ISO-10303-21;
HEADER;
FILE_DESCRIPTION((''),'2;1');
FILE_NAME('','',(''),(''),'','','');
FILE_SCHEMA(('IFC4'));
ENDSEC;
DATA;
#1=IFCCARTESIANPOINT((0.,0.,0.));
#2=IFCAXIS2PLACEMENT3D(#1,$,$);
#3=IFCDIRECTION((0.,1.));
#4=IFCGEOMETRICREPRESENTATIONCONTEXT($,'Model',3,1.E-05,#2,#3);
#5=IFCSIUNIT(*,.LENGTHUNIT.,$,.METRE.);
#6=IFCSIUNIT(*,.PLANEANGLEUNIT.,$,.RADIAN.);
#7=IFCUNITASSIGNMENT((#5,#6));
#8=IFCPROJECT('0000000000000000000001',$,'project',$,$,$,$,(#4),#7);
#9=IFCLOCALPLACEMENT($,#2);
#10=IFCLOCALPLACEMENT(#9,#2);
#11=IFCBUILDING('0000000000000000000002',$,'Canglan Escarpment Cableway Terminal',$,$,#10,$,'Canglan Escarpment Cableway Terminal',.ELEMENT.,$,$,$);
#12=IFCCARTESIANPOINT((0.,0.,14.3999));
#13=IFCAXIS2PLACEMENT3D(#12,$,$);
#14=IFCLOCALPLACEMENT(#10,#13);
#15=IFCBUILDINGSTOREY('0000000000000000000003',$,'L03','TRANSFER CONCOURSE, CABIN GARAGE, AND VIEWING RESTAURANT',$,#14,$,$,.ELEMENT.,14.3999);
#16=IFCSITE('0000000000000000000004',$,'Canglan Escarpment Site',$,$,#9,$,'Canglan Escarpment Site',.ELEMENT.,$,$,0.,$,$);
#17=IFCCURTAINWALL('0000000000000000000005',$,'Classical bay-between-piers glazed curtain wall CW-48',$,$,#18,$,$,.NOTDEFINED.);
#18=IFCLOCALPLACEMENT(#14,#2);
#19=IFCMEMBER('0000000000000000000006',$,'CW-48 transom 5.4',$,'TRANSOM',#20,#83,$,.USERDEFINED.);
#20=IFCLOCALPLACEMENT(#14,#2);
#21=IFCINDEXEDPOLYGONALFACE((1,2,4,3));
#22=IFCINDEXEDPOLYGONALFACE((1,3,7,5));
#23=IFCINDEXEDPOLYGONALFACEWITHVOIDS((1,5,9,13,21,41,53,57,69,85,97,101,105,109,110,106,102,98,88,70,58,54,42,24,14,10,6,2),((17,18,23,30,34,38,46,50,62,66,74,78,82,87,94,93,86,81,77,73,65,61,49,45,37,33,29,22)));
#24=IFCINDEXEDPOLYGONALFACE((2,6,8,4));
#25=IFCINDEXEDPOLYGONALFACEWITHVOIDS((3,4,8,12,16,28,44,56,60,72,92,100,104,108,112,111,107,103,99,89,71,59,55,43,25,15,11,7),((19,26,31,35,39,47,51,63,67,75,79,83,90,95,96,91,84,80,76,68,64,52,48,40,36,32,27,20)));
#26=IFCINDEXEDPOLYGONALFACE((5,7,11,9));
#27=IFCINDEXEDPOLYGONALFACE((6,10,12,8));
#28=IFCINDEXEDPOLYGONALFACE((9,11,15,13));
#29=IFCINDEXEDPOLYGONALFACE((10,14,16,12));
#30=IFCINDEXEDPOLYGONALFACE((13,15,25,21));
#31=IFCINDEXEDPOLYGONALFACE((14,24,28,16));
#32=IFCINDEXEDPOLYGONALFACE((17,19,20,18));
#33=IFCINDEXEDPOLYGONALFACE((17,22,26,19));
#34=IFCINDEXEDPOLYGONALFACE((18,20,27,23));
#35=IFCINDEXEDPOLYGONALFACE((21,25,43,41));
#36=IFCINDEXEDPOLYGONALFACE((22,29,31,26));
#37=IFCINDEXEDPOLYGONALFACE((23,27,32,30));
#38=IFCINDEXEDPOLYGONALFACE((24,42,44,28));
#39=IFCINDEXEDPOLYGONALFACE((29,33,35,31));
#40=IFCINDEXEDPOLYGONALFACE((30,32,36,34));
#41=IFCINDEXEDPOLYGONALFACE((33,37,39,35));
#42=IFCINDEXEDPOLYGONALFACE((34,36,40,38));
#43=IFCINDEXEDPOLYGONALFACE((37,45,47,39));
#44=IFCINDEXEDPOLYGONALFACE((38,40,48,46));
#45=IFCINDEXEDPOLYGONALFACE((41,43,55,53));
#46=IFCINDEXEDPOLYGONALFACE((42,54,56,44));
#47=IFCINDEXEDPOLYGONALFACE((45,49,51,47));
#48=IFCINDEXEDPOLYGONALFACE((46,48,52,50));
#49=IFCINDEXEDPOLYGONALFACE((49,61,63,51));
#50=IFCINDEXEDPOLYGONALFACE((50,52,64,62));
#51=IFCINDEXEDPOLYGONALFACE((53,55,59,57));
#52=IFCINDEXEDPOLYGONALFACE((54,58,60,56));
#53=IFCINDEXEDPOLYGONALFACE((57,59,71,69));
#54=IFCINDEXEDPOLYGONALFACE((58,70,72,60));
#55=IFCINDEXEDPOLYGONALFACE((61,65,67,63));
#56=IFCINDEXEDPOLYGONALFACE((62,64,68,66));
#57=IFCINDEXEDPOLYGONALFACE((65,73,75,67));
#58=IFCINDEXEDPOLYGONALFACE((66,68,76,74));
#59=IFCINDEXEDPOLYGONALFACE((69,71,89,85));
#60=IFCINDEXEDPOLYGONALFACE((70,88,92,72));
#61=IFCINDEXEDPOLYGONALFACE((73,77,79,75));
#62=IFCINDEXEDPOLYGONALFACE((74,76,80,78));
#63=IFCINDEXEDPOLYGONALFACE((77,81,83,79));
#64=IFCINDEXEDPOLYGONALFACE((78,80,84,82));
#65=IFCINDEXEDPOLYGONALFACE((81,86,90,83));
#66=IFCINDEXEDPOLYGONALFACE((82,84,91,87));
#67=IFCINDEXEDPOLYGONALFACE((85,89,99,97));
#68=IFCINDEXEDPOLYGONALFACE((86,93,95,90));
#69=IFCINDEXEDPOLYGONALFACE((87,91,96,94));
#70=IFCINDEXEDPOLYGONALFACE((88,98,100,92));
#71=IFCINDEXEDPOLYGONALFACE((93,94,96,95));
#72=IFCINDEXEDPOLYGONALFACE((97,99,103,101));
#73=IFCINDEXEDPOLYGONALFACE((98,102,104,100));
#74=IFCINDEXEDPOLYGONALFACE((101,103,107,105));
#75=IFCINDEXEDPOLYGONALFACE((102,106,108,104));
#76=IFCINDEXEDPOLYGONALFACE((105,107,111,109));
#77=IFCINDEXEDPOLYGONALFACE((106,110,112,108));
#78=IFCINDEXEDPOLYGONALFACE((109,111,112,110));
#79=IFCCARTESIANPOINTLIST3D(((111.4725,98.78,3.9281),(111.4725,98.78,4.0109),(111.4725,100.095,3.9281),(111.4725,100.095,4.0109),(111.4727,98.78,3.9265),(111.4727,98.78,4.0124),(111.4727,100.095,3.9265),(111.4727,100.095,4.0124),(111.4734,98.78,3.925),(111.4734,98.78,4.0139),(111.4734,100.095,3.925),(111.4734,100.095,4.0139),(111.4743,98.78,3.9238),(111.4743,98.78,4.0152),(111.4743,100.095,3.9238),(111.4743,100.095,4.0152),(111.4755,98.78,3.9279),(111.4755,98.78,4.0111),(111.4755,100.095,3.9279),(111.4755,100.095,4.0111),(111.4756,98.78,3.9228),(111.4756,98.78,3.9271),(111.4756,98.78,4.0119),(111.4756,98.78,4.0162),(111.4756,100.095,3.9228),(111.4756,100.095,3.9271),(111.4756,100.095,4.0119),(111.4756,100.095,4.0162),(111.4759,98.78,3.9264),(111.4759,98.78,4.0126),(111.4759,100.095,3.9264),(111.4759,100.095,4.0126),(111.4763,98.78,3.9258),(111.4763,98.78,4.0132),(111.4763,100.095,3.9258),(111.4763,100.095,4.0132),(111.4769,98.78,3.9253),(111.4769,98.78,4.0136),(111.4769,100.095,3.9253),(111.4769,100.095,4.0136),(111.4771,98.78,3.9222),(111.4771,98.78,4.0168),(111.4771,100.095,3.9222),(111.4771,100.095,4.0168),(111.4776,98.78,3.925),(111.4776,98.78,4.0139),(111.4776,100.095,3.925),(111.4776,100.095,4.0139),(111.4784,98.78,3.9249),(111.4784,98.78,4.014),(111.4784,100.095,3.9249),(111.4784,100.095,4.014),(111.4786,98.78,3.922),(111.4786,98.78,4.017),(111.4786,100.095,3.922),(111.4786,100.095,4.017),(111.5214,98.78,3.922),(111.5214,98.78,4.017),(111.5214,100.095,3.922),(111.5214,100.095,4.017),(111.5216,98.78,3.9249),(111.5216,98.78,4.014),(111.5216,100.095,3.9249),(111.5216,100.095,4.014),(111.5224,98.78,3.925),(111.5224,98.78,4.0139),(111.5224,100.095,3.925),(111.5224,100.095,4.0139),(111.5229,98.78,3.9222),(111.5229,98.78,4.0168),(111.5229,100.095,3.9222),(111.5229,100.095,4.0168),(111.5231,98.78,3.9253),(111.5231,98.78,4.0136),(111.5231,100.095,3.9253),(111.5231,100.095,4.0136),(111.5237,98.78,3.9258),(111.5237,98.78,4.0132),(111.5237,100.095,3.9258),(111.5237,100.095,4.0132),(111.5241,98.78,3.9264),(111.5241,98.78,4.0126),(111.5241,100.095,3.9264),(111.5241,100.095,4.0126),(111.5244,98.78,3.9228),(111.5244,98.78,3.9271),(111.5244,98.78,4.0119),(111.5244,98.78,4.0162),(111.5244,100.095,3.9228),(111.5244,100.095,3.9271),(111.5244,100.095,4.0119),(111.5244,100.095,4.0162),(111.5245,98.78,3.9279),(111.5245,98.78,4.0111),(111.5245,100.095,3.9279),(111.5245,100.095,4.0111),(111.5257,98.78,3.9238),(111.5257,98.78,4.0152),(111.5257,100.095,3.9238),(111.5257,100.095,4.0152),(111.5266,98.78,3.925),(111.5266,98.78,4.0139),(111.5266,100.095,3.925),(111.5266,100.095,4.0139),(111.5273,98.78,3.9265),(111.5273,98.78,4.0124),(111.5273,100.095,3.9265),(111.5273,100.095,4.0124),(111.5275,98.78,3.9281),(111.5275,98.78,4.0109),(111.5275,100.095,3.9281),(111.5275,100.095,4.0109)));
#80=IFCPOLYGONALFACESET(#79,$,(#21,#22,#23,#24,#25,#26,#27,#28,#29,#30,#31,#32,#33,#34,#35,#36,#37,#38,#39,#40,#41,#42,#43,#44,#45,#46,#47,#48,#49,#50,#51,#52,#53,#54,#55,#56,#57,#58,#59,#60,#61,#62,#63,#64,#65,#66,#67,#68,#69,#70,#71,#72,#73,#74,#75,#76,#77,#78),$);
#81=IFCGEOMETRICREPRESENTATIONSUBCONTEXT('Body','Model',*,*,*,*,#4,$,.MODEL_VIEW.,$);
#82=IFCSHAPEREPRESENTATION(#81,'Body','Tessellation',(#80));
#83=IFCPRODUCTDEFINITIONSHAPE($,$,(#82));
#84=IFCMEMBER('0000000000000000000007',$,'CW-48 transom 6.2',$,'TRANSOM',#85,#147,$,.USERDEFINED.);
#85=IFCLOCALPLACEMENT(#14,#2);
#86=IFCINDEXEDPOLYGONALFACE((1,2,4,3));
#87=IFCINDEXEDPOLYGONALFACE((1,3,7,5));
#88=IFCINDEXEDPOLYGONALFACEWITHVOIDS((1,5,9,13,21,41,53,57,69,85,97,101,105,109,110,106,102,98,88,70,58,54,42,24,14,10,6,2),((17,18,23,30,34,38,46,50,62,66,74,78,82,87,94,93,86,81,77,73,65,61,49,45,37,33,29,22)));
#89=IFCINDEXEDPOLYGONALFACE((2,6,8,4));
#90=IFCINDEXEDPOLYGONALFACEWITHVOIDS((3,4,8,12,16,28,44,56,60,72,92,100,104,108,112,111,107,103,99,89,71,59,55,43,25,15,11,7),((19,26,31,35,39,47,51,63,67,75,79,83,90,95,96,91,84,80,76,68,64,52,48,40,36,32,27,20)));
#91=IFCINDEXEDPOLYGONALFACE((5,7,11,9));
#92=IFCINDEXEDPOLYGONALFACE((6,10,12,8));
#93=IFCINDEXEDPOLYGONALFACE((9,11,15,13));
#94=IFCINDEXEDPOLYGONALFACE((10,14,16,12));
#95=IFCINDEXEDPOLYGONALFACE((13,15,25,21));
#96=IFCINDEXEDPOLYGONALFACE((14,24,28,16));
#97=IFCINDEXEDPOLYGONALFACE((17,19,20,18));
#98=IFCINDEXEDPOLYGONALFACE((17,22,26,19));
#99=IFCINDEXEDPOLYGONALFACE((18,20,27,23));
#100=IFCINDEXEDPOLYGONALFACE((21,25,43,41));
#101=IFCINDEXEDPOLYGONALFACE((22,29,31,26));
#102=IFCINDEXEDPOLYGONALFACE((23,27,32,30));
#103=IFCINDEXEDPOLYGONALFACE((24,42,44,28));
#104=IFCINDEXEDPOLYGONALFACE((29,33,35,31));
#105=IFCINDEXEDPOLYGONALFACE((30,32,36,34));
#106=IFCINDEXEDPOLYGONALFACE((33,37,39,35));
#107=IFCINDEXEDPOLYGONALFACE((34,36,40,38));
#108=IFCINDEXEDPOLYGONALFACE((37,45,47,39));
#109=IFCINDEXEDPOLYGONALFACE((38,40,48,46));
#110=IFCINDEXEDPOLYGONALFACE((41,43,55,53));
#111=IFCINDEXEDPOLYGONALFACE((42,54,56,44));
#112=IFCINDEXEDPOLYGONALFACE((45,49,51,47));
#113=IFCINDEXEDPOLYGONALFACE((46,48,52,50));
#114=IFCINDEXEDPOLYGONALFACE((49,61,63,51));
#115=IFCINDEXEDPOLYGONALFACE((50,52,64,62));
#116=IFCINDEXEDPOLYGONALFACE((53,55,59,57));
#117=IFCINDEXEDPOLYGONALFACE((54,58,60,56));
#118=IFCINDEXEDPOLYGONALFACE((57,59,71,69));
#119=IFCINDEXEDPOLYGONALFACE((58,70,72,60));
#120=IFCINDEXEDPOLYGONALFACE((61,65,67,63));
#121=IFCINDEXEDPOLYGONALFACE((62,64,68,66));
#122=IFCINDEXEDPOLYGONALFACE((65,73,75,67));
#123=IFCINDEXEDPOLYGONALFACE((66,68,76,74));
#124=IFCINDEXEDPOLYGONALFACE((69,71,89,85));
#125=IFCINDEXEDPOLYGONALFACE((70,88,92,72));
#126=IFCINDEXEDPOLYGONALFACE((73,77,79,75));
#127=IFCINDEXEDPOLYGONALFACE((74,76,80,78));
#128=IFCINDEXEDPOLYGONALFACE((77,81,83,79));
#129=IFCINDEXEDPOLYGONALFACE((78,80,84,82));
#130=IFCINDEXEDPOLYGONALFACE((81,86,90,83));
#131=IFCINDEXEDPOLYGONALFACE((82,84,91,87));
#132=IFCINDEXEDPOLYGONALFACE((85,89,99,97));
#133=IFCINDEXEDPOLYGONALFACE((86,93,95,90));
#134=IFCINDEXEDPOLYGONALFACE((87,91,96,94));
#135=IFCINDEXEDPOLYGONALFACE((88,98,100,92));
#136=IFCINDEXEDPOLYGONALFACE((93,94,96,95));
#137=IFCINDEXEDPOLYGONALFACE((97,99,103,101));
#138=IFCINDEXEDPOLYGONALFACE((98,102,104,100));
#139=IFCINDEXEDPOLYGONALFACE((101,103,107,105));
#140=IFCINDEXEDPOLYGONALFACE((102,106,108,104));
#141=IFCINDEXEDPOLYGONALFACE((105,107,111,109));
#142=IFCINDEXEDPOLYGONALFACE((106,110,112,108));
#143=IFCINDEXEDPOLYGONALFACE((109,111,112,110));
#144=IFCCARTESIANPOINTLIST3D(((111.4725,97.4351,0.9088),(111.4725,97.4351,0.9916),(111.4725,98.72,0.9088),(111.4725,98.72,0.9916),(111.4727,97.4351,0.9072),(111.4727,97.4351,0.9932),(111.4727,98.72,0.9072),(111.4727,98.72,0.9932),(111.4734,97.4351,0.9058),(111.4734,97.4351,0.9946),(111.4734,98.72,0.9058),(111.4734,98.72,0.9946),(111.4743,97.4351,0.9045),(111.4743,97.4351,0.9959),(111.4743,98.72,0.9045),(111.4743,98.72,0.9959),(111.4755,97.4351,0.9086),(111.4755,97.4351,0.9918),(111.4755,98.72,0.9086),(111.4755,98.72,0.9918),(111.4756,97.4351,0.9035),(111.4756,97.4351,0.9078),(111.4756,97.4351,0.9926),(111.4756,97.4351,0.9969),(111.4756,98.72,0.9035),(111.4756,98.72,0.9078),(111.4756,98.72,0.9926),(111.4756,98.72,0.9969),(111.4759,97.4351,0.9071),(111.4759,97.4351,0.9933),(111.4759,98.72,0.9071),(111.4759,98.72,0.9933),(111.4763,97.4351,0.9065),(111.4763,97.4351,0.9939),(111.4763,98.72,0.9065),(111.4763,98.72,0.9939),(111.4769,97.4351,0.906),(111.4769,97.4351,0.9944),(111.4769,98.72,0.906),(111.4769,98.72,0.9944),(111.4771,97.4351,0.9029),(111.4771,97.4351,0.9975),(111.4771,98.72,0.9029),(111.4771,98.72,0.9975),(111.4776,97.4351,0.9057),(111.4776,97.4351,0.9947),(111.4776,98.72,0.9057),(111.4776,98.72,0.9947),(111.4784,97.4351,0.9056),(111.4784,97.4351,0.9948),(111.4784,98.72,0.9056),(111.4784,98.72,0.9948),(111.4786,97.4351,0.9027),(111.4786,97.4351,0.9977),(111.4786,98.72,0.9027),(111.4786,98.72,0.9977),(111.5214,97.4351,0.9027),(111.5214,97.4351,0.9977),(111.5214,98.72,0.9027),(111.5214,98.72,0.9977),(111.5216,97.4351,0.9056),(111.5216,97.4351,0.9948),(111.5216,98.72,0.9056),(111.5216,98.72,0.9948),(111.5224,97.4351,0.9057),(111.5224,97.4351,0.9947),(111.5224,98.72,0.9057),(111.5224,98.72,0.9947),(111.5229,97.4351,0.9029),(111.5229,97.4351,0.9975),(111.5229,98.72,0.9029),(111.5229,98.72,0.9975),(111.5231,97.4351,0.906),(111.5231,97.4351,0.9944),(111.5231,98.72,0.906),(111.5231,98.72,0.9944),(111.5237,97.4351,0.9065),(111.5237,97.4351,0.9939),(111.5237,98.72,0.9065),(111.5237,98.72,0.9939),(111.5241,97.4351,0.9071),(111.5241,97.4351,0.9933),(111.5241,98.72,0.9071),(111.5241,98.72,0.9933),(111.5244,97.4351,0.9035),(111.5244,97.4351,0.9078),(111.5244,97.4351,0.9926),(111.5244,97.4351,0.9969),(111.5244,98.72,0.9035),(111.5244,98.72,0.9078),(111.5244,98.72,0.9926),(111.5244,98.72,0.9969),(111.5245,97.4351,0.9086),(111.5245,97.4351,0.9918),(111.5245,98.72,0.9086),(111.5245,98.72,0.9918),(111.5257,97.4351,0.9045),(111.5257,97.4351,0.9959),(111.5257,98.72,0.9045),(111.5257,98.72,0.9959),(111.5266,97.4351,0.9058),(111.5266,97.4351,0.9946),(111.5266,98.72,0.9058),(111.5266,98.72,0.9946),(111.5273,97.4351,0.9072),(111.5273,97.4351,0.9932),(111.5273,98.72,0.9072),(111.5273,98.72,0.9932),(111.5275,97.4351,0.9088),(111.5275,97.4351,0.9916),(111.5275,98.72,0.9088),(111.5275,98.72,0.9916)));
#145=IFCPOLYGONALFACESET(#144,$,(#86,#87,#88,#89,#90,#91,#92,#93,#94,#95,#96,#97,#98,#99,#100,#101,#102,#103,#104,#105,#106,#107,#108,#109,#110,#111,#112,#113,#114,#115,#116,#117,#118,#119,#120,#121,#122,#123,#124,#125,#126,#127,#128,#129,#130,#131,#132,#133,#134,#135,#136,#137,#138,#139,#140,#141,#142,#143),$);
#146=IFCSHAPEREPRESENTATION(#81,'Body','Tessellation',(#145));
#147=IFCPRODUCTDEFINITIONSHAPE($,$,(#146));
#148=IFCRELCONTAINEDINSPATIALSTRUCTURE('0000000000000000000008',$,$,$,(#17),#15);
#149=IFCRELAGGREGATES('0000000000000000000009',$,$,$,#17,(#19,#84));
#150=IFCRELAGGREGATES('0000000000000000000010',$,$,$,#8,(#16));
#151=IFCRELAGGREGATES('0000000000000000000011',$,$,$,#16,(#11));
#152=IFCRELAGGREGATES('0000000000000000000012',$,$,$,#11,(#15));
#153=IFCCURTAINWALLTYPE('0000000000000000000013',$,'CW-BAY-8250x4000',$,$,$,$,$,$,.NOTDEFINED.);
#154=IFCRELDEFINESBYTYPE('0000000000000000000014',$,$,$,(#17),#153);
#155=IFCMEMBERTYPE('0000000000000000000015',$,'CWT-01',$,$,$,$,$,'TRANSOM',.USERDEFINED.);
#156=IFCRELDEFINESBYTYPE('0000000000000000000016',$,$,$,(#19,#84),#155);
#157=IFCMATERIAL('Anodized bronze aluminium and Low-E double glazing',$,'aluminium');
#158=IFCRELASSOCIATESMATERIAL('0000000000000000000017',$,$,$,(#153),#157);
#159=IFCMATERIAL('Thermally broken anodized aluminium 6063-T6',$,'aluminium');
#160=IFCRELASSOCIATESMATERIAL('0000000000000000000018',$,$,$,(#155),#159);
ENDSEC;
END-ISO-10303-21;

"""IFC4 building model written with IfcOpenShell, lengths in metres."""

from ifc_helpers import new_model, si_unit, direction, frame, origin, origin_2d, place, context, subcontext, project, spatial, hollow_rectangle, extrude, material, material_profile, profile_set, type_object, element, aggregate, save


model = new_model("IFC4")

# Units and contexts
model_context = context("Model", 3, precision=1e-05, world=origin(), true_north=direction((0.0, 1.0)))
body_context = subcontext(model_context, "Body", "Model", "MODEL_VIEW")
ifc_project = project(units=[si_unit("LENGTHUNIT", "METRE"), si_unit("PLANEANGLEUNIT", "RADIAN")], contexts=[model_context])

# Site, building, storey
site_placement = place(None, origin())
site = spatial("IfcSite", under=ifc_project, at=site_placement, Name="Canglan Escarpment Site", LongName="Canglan Escarpment Site", CompositionType="ELEMENT", RefElevation=0.0)
building_placement = place(site_placement, origin())
building = spatial("IfcBuilding", under=site, at=building_placement, Name="Canglan Escarpment Cableway Terminal", LongName="Canglan Escarpment Cableway Terminal", CompositionType="ELEMENT")
storey_placement = place(building_placement, frame((0.0, 0.0, 14.3999)))
storey = spatial("IfcBuildingStorey", under=building, at=storey_placement, Name="L03", Description="TRANSFER CONCOURSE, CABIN GARAGE, AND VIEWING RESTAURANT", CompositionType="ELEMENT", Elevation=14.3999)

# Curtain wall, members
ifc_material_1 = material(Name="Anodized bronze aluminium and Low-E double glazing", Category="aluminium")
curtain_wall_type = type_object("IfcCurtainWallType", Name="CW-BAY-8250x4000", PredefinedType="NOTDEFINED", material=ifc_material_1)
curtain_wall_placement = place(storey_placement, origin())
curtain_wall = element("IfcCurtainWall", 1, at=curtain_wall_placement, inside=storey, type_object=curtain_wall_type, Name="Classical bay-between-piers glazed curtain wall CW-48", PredefinedType="NOTDEFINED")
ifc_material_2 = material(Name="Thermally broken anodized aluminium 6063-T6", Category="aluminium")
ifc_material_profile_1 = material_profile(ifc_material_2, hollow_rectangle(XDim=0.0549, YDim=0.095, WallThickness=0.0029, InnerFilletRadius=0.0029, OuterFilletRadius=0.0061, at=origin_2d()), Name="ALU-TRAN 55x95x3")
ifc_profile_set_1 = profile_set([ifc_material_profile_1], Name="Thermally broken anodized aluminium 6063-T6")
member_type_1 = type_object("IfcMemberType", Name="CWT-01", ElementType="TRANSOM", PredefinedType="USERDEFINED", material=ifc_profile_set_1)
member_1_placement = place(storey_placement, frame((111.5, 100.095, 3.9695), z_axis=(0.0, -1.0, 0.0), x_axis=(1.0, 0.0, 0.0)))
member_1 = element("IfcMember", 2, at=member_1_placement, type_object=member_type_1, Name="CW-48 transom 5.4", ObjectType="TRANSOM", PredefinedType="USERDEFINED", context=body_context, shape_type="SweptSolid", body=[
    extrude(hollow_rectangle(XDim=0.0549, YDim=0.095, WallThickness=0.0029, InnerFilletRadius=0.0029, OuterFilletRadius=0.0061, at=origin_2d()), origin(), (0.0, 0.0, 1.0), 1.3149),
])
member_2_placement = place(storey_placement, frame((111.5, 98.72, 0.9502), z_axis=(0.0, -1.0, 0.0), x_axis=(1.0, 0.0, 0.0)))
member_2 = element("IfcMember", 3, at=member_2_placement, type_object=member_type_1, Name="CW-48 transom 6.2", ObjectType="TRANSOM", PredefinedType="USERDEFINED", context=body_context, shape_type="SweptSolid", body=[
    extrude(hollow_rectangle(XDim=0.0549, YDim=0.095, WallThickness=0.0029, InnerFilletRadius=0.0029, OuterFilletRadius=0.0061, at=origin_2d()), origin(), (0.0, 0.0, 1.0), 1.2849),
])
aggregate(curtain_wall, [member_1, member_2])

save(model, "model.ifc")
